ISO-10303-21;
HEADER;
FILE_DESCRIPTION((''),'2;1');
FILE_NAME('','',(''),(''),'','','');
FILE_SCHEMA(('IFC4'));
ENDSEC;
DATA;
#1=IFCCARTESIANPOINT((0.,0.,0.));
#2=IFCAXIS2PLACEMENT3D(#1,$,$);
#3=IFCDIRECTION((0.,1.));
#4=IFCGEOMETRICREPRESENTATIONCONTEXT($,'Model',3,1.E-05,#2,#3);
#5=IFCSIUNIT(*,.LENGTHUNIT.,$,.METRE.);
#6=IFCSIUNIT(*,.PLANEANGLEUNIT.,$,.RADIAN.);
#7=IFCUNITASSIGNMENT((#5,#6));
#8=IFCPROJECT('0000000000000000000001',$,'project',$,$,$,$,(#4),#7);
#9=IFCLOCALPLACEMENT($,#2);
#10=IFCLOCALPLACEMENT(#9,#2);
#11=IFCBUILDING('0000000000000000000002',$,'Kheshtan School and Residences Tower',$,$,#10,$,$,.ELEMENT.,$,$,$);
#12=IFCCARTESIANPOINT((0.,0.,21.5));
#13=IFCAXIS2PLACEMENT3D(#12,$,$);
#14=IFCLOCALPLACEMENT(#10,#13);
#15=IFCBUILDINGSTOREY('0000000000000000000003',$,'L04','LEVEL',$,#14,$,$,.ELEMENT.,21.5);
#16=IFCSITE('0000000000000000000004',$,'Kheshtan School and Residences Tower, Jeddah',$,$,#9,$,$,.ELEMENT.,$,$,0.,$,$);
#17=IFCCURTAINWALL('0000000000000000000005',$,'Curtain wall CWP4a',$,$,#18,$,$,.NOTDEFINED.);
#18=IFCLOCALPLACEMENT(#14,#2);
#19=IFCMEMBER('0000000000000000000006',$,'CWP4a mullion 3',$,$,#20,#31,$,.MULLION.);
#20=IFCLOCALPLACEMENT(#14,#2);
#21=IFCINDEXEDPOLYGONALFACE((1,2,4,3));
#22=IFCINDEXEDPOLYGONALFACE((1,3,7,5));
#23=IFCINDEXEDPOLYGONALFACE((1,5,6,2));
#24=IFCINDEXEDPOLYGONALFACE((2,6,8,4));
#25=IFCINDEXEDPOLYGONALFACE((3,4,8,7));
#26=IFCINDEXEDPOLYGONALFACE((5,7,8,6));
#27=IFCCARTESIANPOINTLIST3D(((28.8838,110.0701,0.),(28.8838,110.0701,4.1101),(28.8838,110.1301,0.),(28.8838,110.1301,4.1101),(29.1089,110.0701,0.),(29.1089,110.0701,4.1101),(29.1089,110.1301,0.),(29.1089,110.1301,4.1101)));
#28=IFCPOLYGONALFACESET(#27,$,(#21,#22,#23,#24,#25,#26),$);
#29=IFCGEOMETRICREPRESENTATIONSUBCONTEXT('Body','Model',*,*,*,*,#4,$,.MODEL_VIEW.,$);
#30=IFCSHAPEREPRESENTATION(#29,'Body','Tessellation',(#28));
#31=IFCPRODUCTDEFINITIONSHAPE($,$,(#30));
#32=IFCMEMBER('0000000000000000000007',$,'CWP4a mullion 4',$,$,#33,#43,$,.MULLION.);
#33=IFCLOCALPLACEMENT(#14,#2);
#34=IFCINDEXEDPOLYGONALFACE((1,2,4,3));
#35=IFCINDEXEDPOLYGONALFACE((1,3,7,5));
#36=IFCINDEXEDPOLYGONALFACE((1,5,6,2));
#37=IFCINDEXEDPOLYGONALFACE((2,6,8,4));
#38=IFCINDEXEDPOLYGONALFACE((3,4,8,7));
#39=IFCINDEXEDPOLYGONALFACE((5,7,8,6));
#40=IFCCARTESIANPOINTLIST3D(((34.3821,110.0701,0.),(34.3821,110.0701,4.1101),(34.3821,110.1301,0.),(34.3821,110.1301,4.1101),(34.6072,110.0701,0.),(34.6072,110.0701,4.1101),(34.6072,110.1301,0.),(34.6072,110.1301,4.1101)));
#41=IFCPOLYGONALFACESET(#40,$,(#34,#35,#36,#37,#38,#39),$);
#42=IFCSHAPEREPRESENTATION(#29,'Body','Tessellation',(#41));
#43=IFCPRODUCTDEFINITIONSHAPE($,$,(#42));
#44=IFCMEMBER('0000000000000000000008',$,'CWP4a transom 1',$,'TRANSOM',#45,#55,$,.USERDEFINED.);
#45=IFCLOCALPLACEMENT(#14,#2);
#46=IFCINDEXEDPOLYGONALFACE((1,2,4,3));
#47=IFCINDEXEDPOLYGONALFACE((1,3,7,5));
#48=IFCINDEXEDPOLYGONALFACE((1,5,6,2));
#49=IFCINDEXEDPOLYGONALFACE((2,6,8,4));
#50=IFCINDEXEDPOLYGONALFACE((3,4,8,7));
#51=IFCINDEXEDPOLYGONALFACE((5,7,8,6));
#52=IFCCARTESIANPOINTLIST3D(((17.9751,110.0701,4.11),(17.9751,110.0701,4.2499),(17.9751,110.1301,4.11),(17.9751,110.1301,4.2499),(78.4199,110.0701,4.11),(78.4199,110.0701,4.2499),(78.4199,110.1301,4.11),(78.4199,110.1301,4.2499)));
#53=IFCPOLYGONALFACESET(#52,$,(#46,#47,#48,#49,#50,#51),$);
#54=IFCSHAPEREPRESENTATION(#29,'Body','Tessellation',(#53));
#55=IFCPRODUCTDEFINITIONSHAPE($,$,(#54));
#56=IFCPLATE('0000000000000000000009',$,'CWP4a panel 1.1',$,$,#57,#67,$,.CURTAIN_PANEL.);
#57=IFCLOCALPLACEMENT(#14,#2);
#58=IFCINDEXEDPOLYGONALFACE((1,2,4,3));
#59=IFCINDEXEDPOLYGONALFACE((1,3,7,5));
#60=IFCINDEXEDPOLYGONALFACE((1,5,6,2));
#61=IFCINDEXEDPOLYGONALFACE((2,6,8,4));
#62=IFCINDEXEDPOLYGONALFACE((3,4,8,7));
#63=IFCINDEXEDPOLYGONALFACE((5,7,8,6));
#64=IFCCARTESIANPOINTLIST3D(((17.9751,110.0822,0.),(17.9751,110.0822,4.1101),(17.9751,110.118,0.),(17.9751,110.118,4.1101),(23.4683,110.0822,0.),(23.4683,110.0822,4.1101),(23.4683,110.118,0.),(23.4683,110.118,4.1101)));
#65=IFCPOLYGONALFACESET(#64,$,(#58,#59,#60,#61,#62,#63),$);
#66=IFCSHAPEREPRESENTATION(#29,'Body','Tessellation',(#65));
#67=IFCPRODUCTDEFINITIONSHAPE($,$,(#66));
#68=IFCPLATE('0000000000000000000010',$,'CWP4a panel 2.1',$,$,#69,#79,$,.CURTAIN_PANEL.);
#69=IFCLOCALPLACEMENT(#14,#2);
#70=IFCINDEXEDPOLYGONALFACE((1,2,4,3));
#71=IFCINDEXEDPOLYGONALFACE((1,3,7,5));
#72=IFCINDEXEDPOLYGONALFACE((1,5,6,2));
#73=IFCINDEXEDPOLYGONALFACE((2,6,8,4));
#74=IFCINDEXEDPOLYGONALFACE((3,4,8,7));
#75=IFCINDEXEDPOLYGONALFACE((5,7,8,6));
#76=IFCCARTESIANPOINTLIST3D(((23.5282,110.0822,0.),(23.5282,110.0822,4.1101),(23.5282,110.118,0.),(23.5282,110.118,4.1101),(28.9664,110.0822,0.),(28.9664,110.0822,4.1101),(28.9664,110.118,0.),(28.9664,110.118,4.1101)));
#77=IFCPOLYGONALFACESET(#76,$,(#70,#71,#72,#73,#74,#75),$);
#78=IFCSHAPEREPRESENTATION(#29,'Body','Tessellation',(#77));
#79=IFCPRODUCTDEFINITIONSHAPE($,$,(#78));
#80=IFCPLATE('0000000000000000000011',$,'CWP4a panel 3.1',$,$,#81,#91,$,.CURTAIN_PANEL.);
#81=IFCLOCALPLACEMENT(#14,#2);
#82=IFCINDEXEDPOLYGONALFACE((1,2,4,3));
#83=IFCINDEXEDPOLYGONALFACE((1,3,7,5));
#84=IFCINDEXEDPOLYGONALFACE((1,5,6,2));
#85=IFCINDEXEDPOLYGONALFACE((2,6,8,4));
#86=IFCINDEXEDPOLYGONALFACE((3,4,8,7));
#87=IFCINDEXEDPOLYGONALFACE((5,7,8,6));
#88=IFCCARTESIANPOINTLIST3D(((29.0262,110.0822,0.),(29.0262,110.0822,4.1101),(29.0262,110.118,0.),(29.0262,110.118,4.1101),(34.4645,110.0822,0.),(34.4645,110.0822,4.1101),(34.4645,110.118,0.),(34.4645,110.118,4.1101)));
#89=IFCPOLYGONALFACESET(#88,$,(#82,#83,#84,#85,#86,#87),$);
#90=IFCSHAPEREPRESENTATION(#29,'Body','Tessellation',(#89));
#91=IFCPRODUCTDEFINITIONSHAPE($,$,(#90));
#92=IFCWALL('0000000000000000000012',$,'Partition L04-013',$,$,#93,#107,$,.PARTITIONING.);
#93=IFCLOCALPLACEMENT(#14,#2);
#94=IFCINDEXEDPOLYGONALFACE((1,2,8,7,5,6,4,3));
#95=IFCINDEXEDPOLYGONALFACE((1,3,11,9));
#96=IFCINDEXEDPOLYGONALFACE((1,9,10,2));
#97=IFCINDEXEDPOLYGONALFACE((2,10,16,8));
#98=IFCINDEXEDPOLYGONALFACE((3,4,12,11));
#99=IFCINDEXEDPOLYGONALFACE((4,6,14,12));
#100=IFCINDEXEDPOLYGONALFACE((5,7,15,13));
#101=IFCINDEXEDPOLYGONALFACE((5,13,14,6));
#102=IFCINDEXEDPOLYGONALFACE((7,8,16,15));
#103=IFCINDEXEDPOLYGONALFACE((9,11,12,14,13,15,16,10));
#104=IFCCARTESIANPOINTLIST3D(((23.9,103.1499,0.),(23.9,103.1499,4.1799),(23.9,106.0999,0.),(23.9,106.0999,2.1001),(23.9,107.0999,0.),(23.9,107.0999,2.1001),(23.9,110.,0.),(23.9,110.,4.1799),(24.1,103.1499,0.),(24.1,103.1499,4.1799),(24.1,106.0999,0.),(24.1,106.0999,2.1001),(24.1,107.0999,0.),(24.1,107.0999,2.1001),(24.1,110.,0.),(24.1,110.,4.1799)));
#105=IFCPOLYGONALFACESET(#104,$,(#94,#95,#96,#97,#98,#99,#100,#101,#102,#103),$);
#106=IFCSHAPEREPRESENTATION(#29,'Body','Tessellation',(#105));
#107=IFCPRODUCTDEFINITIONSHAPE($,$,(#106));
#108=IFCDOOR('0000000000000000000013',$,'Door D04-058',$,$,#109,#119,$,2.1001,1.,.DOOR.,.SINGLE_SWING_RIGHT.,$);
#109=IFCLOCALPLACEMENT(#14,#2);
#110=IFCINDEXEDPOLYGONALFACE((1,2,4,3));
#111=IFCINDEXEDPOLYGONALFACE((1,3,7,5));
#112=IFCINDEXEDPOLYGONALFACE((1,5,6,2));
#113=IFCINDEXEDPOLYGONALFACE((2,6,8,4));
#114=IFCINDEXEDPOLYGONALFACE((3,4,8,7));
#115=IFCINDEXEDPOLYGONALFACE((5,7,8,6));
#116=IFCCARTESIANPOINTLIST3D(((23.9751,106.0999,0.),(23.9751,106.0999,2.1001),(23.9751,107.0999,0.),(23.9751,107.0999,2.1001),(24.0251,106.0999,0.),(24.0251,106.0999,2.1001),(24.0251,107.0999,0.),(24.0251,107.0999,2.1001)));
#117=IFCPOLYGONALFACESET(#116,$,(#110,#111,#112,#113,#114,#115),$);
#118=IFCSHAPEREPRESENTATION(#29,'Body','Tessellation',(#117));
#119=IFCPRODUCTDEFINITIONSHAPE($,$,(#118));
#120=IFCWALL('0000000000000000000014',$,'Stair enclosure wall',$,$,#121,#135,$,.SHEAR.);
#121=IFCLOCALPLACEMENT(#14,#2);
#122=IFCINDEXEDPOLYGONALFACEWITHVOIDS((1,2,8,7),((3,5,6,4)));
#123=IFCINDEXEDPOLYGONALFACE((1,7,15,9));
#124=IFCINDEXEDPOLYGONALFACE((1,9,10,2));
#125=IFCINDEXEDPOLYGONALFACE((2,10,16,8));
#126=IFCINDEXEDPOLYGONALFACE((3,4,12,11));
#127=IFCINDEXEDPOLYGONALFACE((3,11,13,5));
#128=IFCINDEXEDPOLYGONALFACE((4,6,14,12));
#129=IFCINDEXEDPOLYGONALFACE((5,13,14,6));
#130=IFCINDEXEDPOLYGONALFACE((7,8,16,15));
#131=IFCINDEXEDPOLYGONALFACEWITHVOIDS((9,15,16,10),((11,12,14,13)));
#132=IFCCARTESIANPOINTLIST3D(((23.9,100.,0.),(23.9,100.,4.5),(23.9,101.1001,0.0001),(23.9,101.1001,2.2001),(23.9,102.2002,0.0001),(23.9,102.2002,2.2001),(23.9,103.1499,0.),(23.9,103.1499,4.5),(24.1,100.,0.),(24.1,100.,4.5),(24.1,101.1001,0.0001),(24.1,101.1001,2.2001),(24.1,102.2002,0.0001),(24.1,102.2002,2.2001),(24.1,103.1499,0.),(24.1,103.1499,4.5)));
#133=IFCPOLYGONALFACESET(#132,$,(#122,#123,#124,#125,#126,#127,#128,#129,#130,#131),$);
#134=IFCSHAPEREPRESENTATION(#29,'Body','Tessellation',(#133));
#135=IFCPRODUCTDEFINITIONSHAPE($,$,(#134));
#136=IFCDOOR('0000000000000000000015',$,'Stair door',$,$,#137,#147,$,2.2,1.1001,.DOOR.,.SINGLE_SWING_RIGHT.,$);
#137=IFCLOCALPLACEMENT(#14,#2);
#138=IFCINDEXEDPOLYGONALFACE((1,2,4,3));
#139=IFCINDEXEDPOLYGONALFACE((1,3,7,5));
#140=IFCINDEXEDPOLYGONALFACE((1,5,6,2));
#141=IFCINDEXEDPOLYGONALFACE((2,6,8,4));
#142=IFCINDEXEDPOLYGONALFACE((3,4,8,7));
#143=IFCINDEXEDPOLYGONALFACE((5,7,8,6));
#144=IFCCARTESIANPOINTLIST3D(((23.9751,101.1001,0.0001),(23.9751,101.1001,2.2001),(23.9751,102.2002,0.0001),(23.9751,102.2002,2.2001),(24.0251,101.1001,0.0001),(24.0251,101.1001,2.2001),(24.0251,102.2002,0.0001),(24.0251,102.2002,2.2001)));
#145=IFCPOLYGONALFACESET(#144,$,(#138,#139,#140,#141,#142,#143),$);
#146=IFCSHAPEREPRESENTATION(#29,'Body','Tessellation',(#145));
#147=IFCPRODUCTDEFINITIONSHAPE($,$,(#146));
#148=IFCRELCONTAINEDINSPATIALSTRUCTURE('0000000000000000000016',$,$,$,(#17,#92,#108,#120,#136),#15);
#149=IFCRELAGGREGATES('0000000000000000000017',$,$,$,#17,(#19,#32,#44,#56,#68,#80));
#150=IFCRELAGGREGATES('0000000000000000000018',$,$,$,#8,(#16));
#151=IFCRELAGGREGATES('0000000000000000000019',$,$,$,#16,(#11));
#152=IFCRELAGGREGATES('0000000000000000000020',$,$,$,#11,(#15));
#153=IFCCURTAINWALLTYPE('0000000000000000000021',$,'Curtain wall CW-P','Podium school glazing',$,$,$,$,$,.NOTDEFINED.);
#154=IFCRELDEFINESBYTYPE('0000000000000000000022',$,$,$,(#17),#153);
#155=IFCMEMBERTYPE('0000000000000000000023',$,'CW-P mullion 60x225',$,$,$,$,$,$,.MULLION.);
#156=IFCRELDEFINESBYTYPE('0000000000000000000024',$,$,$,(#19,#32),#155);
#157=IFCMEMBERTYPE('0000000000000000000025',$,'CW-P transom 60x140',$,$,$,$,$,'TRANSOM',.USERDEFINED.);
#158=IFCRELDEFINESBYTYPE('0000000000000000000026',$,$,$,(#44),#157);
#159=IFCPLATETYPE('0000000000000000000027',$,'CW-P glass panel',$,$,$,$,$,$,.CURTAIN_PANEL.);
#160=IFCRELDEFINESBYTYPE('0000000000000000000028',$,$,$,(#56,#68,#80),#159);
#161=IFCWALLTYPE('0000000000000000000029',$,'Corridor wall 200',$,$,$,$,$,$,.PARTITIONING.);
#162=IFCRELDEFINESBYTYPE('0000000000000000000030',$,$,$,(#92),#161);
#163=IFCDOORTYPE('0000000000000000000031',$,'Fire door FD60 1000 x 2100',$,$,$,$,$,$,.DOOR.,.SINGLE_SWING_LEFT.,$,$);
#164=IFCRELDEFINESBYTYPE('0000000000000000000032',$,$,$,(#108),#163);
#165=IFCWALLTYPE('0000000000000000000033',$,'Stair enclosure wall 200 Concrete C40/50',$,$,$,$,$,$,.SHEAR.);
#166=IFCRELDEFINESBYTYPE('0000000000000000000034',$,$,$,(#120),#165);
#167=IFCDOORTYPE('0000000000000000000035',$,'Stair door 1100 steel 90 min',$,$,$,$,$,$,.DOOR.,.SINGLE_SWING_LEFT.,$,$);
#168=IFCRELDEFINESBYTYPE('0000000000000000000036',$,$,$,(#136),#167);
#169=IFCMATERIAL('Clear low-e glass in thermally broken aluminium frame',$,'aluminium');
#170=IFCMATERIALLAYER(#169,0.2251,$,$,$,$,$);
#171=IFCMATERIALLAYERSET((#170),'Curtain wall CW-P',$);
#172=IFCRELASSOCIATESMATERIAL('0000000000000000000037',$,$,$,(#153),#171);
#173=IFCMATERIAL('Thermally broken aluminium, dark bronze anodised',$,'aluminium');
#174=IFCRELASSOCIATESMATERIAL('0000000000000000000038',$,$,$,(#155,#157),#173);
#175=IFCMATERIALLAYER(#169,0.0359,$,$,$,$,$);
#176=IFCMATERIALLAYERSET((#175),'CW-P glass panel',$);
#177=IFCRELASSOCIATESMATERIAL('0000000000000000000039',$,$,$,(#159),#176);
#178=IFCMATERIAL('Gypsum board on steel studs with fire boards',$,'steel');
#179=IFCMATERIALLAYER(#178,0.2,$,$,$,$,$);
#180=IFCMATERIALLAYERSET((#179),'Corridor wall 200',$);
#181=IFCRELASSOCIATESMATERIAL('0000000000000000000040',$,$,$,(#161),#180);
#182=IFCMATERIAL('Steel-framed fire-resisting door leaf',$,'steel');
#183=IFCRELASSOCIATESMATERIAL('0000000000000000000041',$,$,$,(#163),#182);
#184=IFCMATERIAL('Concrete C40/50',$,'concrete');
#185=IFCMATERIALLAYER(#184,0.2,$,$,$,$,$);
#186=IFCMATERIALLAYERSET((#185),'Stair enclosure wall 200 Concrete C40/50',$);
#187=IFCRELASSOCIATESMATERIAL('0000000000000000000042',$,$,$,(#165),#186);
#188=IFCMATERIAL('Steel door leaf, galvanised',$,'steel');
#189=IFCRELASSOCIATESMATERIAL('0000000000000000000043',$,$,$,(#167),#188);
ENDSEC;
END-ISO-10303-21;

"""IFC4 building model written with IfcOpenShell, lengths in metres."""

from ifc_helpers import new_model, si_unit, direction, frame, frame_2d, origin, origin_2d, place, context, subcontext, project, spatial, rectangle, extrude, source, transform, mapped, material, layer, layer_set, material_profile, profile_set, type_object, element, fill, aggregate, save


model = new_model("IFC4")

# Units and contexts
model_context = context("Model", 3, precision=1e-05, world=origin(), true_north=direction((0.0, 1.0)))
body_context = subcontext(model_context, "Body", "Model", "MODEL_VIEW")
ifc_project = project(units=[si_unit("LENGTHUNIT", "METRE"), si_unit("PLANEANGLEUNIT", "RADIAN")], contexts=[model_context])

# Site, building, storey
site_placement = place(None, origin())
site = spatial("IfcSite", under=ifc_project, at=site_placement, Name="Kheshtan School and Residences Tower, Jeddah", CompositionType="ELEMENT", RefElevation=0.0)
building_placement = place(site_placement, origin())
building = spatial("IfcBuilding", under=site, at=building_placement, Name="Kheshtan School and Residences Tower", CompositionType="ELEMENT")
storey_placement = place(building_placement, frame((0.0, 0.0, 21.5)))
storey = spatial("IfcBuildingStorey", under=building, at=storey_placement, Name="L04", Description="LEVEL", CompositionType="ELEMENT", Elevation=21.5)

# Curtain wall, members, plates
ifc_material_1 = material(Name="Clear low-e glass in thermally broken aluminium frame", Category="aluminium")
ifc_layer_1 = layer(ifc_material_1, 0.2251)
ifc_layer_set_1 = layer_set([ifc_layer_1], Name="Curtain wall CW-P")
curtain_wall_type = type_object("IfcCurtainWallType", Name="Curtain wall CW-P", Description="Podium school glazing", PredefinedType="NOTDEFINED", material=ifc_layer_set_1)
curtain_wall_placement = place(storey_placement, origin())
curtain_wall = element("IfcCurtainWall", 1, at=curtain_wall_placement, inside=storey, type_object=curtain_wall_type, Name="Curtain wall CWP4a", PredefinedType="NOTDEFINED")
ifc_material_2 = material(Name="Thermally broken aluminium, dark bronze anodised", Category="aluminium")
ifc_material_profile_1 = material_profile(ifc_material_2, rectangle(XDim=0.0601, YDim=0.2251, at=origin_2d()), Name="CW-P mullion 60x225")
ifc_profile_set_1 = profile_set([ifc_material_profile_1], Name="Thermally broken aluminium, dark bronze anodised")
member_type_1 = type_object("IfcMemberType", Name="CW-P mullion 60x225", PredefinedType="MULLION", material=ifc_profile_set_1)
member_1_placement = place(storey_placement, frame((28.9963, 110.1001, 0.0), z_axis=(0.0, 0.0, 1.0), x_axis=(0.0, 1.0, 0.0)))
member_1 = element("IfcMember", 2, at=member_1_placement, type_object=member_type_1, Name="CWP4a mullion 3", PredefinedType="MULLION", context=body_context, shape_type="SweptSolid", body=[
    extrude(rectangle(XDim=0.0601, YDim=0.2251, at=origin_2d()), origin(), (0.0, 0.0, 1.0), 4.1101),
])
member_2_placement = place(storey_placement, frame((34.4946, 110.1001, 0.0), z_axis=(0.0, 0.0, 1.0), x_axis=(0.0, 1.0, 0.0)))
member_2 = element("IfcMember", 3, at=member_2_placement, type_object=member_type_1, Name="CWP4a mullion 4", PredefinedType="MULLION", context=body_context, shape_type="SweptSolid", body=[
    extrude(rectangle(XDim=0.0601, YDim=0.2251, at=origin_2d()), origin(), (0.0, 0.0, 1.0), 4.1101),
])
ifc_material_profile_2 = material_profile(ifc_material_2, rectangle(XDim=0.0601, YDim=0.1399, at=origin_2d()), Name="CW-P transom 60x140")
ifc_profile_set_2 = profile_set([ifc_material_profile_2], Name="Thermally broken aluminium, dark bronze anodised")
member_type_2 = type_object("IfcMemberType", Name="CW-P transom 60x140", ElementType="TRANSOM", PredefinedType="USERDEFINED", material=ifc_profile_set_2)
member_3_placement = place(storey_placement, frame((17.9751, 110.1001, 4.1799), z_axis=(1.0, 0.0, 0.0), x_axis=(0.0, 1.0, 0.0)))
member_3 = element("IfcMember", 4, at=member_3_placement, type_object=member_type_2, Name="CWP4a transom 1", ObjectType="TRANSOM", PredefinedType="USERDEFINED", context=body_context, shape_type="SweptSolid", body=[
    extrude(rectangle(XDim=0.0601, YDim=0.1399, at=origin_2d()), origin(), (0.0, 0.0, 1.0), 60.4448),
])
ifc_layer_2 = layer(ifc_material_1, 0.0359)
ifc_layer_set_2 = layer_set([ifc_layer_2], Name="CW-P glass panel")
plate_type = type_object("IfcPlateType", Name="CW-P glass panel", PredefinedType="CURTAIN_PANEL", material=ifc_layer_set_2)
plate_1_placement = place(storey_placement, frame((20.7217, 110.1001, 0.0), z_axis=(0.0, 0.0, 1.0), x_axis=(1.0, 0.0, 0.0)))
plate_1 = element("IfcPlate", 5, at=plate_1_placement, type_object=plate_type, Name="CWP4a panel 1.1", PredefinedType="CURTAIN_PANEL", context=body_context, shape_type="SweptSolid", body=[
    extrude(rectangle(XDim=5.4932, YDim=0.0359, at=origin_2d()), origin(), (0.0, 0.0, 1.0), 4.1101),
])
plate_2_placement = place(storey_placement, frame((26.2473, 110.1001, 0.0), z_axis=(0.0, 0.0, 1.0), x_axis=(1.0, 0.0, 0.0)))
plate_2 = element("IfcPlate", 6, at=plate_2_placement, type_object=plate_type, Name="CWP4a panel 2.1", PredefinedType="CURTAIN_PANEL", context=body_context, shape_type="SweptSolid", body=[
    extrude(rectangle(XDim=5.4382, YDim=0.0359, at=origin_2d()), origin(), (0.0, 0.0, 1.0), 4.1101),
])
plate_3_placement = place(storey_placement, frame((31.7454, 110.1001, 0.0), z_axis=(0.0, 0.0, 1.0), x_axis=(1.0, 0.0, 0.0)))
plate_3 = element("IfcPlate", 7, at=plate_3_placement, type_object=plate_type, Name="CWP4a panel 3.1", PredefinedType="CURTAIN_PANEL", context=body_context, shape_type="SweptSolid", body=[
    extrude(rectangle(XDim=5.4382, YDim=0.0359, at=origin_2d()), origin(), (0.0, 0.0, 1.0), 4.1101),
])
aggregate(curtain_wall, [member_1, member_2, member_3, plate_1, plate_2, plate_3])

# Walls, openings, doors
ifc_material_3 = material(Name="Gypsum board on steel studs with fire boards", Category="steel")
ifc_layer_3 = layer(ifc_material_3, 0.2)
ifc_layer_set_3 = layer_set([ifc_layer_3], Name="Corridor wall 200")
wall_type_1 = type_object("IfcWallType", Name="Corridor wall 200", PredefinedType="PARTITIONING", material=ifc_layer_set_3)
wall_1_placement = place(storey_placement, frame((24.0, 103.1499, 0.0), z_axis=(0.0, 0.0, 1.0), x_axis=(0.0, 1.0, 0.0)))
wall_1 = element("IfcWall", 8, at=wall_1_placement, inside=storey, type_object=wall_type_1, Name="Partition L04-013", PredefinedType="PARTITIONING", context=body_context, shape_type="SweptSolid", body=[
    extrude(rectangle(XDim=6.8501, YDim=0.2, at=frame_2d((3.425, 0.0))), origin(), (0.0, 0.0, 1.0), 4.1799),
])
opening_1_placement = place(wall_1_placement, frame((2.95, 0.0, 0.0)))
opening_1 = element("IfcOpeningElement", 9, at=opening_1_placement, cuts=wall_1, PredefinedType="OPENING", context=body_context, shape_type="SweptSolid", body=[
    extrude(rectangle(XDim=1.0, YDim=2.1001, at=frame_2d((0.5, 1.05))), frame((0.0, 0.1099, 0.0), z_axis=(0.0, -1.0, 0.0), x_axis=(1.0, 0.0, 0.0)), (0.0, 0.0, 1.0), 0.22),
])
ifc_material_4 = material(Name="Steel-framed fire-resisting door leaf", Category="steel")
door_type_1 = type_object("IfcDoorType", Name="Fire door FD60 1000 x 2100", OperationType="SINGLE_SWING_LEFT", PredefinedType="DOOR", material=ifc_material_4)
shared_shape_1 = source(origin(), body_context, "Body", "SweptSolid", [
    extrude(rectangle(XDim=1.0, YDim=2.1001, at=frame_2d((0.5, 1.05))), frame((0.0, 0.0249, 0.0), z_axis=(0.0, -1.0, 0.0), x_axis=(1.0, 0.0, 0.0)), (0.0, 0.0, 1.0), 0.05),
])
door_1_placement = place(opening_1_placement, origin())
door_1 = element("IfcDoor", 10, at=door_1_placement, inside=storey, type_object=door_type_1, Name="Door D04-058", OperationType="SINGLE_SWING_RIGHT", OverallHeight=2.1001, OverallWidth=1.0, PredefinedType="DOOR", context=body_context, shape_type="MappedRepresentation", body=[
    mapped(shared_shape_1, transform((0.0, 0.0, 0.0), x_axis=(1.0, 0.0, 0.0), y_axis=(0.0, 1.0, 0.0), z_axis=(0.0, 0.0, 1.0), scale=1.0)),
])
fill(opening_1, door_1)
ifc_material_5 = material(Name="Concrete C40/50", Category="concrete")
ifc_layer_4 = layer(ifc_material_5, 0.2)
ifc_layer_set_4 = layer_set([ifc_layer_4], Name="Stair enclosure wall 200 Concrete C40/50")
wall_type_2 = type_object("IfcWallType", Name="Stair enclosure wall 200 Concrete C40/50", PredefinedType="SHEAR", material=ifc_layer_set_4)
wall_2_placement = place(storey_placement, frame((24.0, 100.0, 0.0), z_axis=(0.0, 0.0, 1.0), x_axis=(0.0, 1.0, 0.0)))
wall_2 = element("IfcWall", 11, at=wall_2_placement, inside=storey, type_object=wall_type_2, Name="Stair enclosure wall", PredefinedType="SHEAR", context=body_context, shape_type="SweptSolid", body=[
    extrude(rectangle(XDim=3.1499, YDim=0.2, at=frame_2d((1.575, 0.0))), origin(), (0.0, 0.0, 1.0), 4.5),
])
opening_2_placement = place(wall_2_placement, frame((1.1001, 0.0, 0.0)))
opening_2 = element("IfcOpeningElement", 12, at=opening_2_placement, cuts=wall_2, PredefinedType="OPENING", context=body_context, shape_type="SweptSolid", body=[
    extrude(rectangle(XDim=1.1001, YDim=2.2, at=frame_2d((0.55, 1.1001))), frame((0.0, 0.1099, 0.0), z_axis=(0.0, -1.0, 0.0), x_axis=(1.0, 0.0, 0.0)), (0.0, 0.0, 1.0), 0.22),
])
ifc_material_6 = material(Name="Steel door leaf, galvanised", Category="steel")
door_type_2 = type_object("IfcDoorType", Name="Stair door 1100 steel 90 min", OperationType="SINGLE_SWING_LEFT", PredefinedType="DOOR", material=ifc_material_6)
shared_shape_2 = source(origin(), body_context, "Body", "SweptSolid", [
    extrude(rectangle(XDim=1.1001, YDim=2.2, at=frame_2d((0.55, 1.1001))), frame((0.0, 0.0249, 0.0), z_axis=(0.0, -1.0, 0.0), x_axis=(1.0, 0.0, 0.0)), (0.0, 0.0, 1.0), 0.05),
])
door_2_placement = place(opening_2_placement, origin())
door_2 = element("IfcDoor", 13, at=door_2_placement, inside=storey, type_object=door_type_2, Name="Stair door", OperationType="SINGLE_SWING_RIGHT", OverallHeight=2.2, OverallWidth=1.1001, PredefinedType="DOOR", context=body_context, shape_type="MappedRepresentation", body=[
    mapped(shared_shape_2, transform((0.0, 0.0, 0.0), x_axis=(1.0, 0.0, 0.0), y_axis=(0.0, 1.0, 0.0), z_axis=(0.0, 0.0, 1.0), scale=1.0)),
])
fill(opening_2, door_2)

save(model, "model.ifc")
